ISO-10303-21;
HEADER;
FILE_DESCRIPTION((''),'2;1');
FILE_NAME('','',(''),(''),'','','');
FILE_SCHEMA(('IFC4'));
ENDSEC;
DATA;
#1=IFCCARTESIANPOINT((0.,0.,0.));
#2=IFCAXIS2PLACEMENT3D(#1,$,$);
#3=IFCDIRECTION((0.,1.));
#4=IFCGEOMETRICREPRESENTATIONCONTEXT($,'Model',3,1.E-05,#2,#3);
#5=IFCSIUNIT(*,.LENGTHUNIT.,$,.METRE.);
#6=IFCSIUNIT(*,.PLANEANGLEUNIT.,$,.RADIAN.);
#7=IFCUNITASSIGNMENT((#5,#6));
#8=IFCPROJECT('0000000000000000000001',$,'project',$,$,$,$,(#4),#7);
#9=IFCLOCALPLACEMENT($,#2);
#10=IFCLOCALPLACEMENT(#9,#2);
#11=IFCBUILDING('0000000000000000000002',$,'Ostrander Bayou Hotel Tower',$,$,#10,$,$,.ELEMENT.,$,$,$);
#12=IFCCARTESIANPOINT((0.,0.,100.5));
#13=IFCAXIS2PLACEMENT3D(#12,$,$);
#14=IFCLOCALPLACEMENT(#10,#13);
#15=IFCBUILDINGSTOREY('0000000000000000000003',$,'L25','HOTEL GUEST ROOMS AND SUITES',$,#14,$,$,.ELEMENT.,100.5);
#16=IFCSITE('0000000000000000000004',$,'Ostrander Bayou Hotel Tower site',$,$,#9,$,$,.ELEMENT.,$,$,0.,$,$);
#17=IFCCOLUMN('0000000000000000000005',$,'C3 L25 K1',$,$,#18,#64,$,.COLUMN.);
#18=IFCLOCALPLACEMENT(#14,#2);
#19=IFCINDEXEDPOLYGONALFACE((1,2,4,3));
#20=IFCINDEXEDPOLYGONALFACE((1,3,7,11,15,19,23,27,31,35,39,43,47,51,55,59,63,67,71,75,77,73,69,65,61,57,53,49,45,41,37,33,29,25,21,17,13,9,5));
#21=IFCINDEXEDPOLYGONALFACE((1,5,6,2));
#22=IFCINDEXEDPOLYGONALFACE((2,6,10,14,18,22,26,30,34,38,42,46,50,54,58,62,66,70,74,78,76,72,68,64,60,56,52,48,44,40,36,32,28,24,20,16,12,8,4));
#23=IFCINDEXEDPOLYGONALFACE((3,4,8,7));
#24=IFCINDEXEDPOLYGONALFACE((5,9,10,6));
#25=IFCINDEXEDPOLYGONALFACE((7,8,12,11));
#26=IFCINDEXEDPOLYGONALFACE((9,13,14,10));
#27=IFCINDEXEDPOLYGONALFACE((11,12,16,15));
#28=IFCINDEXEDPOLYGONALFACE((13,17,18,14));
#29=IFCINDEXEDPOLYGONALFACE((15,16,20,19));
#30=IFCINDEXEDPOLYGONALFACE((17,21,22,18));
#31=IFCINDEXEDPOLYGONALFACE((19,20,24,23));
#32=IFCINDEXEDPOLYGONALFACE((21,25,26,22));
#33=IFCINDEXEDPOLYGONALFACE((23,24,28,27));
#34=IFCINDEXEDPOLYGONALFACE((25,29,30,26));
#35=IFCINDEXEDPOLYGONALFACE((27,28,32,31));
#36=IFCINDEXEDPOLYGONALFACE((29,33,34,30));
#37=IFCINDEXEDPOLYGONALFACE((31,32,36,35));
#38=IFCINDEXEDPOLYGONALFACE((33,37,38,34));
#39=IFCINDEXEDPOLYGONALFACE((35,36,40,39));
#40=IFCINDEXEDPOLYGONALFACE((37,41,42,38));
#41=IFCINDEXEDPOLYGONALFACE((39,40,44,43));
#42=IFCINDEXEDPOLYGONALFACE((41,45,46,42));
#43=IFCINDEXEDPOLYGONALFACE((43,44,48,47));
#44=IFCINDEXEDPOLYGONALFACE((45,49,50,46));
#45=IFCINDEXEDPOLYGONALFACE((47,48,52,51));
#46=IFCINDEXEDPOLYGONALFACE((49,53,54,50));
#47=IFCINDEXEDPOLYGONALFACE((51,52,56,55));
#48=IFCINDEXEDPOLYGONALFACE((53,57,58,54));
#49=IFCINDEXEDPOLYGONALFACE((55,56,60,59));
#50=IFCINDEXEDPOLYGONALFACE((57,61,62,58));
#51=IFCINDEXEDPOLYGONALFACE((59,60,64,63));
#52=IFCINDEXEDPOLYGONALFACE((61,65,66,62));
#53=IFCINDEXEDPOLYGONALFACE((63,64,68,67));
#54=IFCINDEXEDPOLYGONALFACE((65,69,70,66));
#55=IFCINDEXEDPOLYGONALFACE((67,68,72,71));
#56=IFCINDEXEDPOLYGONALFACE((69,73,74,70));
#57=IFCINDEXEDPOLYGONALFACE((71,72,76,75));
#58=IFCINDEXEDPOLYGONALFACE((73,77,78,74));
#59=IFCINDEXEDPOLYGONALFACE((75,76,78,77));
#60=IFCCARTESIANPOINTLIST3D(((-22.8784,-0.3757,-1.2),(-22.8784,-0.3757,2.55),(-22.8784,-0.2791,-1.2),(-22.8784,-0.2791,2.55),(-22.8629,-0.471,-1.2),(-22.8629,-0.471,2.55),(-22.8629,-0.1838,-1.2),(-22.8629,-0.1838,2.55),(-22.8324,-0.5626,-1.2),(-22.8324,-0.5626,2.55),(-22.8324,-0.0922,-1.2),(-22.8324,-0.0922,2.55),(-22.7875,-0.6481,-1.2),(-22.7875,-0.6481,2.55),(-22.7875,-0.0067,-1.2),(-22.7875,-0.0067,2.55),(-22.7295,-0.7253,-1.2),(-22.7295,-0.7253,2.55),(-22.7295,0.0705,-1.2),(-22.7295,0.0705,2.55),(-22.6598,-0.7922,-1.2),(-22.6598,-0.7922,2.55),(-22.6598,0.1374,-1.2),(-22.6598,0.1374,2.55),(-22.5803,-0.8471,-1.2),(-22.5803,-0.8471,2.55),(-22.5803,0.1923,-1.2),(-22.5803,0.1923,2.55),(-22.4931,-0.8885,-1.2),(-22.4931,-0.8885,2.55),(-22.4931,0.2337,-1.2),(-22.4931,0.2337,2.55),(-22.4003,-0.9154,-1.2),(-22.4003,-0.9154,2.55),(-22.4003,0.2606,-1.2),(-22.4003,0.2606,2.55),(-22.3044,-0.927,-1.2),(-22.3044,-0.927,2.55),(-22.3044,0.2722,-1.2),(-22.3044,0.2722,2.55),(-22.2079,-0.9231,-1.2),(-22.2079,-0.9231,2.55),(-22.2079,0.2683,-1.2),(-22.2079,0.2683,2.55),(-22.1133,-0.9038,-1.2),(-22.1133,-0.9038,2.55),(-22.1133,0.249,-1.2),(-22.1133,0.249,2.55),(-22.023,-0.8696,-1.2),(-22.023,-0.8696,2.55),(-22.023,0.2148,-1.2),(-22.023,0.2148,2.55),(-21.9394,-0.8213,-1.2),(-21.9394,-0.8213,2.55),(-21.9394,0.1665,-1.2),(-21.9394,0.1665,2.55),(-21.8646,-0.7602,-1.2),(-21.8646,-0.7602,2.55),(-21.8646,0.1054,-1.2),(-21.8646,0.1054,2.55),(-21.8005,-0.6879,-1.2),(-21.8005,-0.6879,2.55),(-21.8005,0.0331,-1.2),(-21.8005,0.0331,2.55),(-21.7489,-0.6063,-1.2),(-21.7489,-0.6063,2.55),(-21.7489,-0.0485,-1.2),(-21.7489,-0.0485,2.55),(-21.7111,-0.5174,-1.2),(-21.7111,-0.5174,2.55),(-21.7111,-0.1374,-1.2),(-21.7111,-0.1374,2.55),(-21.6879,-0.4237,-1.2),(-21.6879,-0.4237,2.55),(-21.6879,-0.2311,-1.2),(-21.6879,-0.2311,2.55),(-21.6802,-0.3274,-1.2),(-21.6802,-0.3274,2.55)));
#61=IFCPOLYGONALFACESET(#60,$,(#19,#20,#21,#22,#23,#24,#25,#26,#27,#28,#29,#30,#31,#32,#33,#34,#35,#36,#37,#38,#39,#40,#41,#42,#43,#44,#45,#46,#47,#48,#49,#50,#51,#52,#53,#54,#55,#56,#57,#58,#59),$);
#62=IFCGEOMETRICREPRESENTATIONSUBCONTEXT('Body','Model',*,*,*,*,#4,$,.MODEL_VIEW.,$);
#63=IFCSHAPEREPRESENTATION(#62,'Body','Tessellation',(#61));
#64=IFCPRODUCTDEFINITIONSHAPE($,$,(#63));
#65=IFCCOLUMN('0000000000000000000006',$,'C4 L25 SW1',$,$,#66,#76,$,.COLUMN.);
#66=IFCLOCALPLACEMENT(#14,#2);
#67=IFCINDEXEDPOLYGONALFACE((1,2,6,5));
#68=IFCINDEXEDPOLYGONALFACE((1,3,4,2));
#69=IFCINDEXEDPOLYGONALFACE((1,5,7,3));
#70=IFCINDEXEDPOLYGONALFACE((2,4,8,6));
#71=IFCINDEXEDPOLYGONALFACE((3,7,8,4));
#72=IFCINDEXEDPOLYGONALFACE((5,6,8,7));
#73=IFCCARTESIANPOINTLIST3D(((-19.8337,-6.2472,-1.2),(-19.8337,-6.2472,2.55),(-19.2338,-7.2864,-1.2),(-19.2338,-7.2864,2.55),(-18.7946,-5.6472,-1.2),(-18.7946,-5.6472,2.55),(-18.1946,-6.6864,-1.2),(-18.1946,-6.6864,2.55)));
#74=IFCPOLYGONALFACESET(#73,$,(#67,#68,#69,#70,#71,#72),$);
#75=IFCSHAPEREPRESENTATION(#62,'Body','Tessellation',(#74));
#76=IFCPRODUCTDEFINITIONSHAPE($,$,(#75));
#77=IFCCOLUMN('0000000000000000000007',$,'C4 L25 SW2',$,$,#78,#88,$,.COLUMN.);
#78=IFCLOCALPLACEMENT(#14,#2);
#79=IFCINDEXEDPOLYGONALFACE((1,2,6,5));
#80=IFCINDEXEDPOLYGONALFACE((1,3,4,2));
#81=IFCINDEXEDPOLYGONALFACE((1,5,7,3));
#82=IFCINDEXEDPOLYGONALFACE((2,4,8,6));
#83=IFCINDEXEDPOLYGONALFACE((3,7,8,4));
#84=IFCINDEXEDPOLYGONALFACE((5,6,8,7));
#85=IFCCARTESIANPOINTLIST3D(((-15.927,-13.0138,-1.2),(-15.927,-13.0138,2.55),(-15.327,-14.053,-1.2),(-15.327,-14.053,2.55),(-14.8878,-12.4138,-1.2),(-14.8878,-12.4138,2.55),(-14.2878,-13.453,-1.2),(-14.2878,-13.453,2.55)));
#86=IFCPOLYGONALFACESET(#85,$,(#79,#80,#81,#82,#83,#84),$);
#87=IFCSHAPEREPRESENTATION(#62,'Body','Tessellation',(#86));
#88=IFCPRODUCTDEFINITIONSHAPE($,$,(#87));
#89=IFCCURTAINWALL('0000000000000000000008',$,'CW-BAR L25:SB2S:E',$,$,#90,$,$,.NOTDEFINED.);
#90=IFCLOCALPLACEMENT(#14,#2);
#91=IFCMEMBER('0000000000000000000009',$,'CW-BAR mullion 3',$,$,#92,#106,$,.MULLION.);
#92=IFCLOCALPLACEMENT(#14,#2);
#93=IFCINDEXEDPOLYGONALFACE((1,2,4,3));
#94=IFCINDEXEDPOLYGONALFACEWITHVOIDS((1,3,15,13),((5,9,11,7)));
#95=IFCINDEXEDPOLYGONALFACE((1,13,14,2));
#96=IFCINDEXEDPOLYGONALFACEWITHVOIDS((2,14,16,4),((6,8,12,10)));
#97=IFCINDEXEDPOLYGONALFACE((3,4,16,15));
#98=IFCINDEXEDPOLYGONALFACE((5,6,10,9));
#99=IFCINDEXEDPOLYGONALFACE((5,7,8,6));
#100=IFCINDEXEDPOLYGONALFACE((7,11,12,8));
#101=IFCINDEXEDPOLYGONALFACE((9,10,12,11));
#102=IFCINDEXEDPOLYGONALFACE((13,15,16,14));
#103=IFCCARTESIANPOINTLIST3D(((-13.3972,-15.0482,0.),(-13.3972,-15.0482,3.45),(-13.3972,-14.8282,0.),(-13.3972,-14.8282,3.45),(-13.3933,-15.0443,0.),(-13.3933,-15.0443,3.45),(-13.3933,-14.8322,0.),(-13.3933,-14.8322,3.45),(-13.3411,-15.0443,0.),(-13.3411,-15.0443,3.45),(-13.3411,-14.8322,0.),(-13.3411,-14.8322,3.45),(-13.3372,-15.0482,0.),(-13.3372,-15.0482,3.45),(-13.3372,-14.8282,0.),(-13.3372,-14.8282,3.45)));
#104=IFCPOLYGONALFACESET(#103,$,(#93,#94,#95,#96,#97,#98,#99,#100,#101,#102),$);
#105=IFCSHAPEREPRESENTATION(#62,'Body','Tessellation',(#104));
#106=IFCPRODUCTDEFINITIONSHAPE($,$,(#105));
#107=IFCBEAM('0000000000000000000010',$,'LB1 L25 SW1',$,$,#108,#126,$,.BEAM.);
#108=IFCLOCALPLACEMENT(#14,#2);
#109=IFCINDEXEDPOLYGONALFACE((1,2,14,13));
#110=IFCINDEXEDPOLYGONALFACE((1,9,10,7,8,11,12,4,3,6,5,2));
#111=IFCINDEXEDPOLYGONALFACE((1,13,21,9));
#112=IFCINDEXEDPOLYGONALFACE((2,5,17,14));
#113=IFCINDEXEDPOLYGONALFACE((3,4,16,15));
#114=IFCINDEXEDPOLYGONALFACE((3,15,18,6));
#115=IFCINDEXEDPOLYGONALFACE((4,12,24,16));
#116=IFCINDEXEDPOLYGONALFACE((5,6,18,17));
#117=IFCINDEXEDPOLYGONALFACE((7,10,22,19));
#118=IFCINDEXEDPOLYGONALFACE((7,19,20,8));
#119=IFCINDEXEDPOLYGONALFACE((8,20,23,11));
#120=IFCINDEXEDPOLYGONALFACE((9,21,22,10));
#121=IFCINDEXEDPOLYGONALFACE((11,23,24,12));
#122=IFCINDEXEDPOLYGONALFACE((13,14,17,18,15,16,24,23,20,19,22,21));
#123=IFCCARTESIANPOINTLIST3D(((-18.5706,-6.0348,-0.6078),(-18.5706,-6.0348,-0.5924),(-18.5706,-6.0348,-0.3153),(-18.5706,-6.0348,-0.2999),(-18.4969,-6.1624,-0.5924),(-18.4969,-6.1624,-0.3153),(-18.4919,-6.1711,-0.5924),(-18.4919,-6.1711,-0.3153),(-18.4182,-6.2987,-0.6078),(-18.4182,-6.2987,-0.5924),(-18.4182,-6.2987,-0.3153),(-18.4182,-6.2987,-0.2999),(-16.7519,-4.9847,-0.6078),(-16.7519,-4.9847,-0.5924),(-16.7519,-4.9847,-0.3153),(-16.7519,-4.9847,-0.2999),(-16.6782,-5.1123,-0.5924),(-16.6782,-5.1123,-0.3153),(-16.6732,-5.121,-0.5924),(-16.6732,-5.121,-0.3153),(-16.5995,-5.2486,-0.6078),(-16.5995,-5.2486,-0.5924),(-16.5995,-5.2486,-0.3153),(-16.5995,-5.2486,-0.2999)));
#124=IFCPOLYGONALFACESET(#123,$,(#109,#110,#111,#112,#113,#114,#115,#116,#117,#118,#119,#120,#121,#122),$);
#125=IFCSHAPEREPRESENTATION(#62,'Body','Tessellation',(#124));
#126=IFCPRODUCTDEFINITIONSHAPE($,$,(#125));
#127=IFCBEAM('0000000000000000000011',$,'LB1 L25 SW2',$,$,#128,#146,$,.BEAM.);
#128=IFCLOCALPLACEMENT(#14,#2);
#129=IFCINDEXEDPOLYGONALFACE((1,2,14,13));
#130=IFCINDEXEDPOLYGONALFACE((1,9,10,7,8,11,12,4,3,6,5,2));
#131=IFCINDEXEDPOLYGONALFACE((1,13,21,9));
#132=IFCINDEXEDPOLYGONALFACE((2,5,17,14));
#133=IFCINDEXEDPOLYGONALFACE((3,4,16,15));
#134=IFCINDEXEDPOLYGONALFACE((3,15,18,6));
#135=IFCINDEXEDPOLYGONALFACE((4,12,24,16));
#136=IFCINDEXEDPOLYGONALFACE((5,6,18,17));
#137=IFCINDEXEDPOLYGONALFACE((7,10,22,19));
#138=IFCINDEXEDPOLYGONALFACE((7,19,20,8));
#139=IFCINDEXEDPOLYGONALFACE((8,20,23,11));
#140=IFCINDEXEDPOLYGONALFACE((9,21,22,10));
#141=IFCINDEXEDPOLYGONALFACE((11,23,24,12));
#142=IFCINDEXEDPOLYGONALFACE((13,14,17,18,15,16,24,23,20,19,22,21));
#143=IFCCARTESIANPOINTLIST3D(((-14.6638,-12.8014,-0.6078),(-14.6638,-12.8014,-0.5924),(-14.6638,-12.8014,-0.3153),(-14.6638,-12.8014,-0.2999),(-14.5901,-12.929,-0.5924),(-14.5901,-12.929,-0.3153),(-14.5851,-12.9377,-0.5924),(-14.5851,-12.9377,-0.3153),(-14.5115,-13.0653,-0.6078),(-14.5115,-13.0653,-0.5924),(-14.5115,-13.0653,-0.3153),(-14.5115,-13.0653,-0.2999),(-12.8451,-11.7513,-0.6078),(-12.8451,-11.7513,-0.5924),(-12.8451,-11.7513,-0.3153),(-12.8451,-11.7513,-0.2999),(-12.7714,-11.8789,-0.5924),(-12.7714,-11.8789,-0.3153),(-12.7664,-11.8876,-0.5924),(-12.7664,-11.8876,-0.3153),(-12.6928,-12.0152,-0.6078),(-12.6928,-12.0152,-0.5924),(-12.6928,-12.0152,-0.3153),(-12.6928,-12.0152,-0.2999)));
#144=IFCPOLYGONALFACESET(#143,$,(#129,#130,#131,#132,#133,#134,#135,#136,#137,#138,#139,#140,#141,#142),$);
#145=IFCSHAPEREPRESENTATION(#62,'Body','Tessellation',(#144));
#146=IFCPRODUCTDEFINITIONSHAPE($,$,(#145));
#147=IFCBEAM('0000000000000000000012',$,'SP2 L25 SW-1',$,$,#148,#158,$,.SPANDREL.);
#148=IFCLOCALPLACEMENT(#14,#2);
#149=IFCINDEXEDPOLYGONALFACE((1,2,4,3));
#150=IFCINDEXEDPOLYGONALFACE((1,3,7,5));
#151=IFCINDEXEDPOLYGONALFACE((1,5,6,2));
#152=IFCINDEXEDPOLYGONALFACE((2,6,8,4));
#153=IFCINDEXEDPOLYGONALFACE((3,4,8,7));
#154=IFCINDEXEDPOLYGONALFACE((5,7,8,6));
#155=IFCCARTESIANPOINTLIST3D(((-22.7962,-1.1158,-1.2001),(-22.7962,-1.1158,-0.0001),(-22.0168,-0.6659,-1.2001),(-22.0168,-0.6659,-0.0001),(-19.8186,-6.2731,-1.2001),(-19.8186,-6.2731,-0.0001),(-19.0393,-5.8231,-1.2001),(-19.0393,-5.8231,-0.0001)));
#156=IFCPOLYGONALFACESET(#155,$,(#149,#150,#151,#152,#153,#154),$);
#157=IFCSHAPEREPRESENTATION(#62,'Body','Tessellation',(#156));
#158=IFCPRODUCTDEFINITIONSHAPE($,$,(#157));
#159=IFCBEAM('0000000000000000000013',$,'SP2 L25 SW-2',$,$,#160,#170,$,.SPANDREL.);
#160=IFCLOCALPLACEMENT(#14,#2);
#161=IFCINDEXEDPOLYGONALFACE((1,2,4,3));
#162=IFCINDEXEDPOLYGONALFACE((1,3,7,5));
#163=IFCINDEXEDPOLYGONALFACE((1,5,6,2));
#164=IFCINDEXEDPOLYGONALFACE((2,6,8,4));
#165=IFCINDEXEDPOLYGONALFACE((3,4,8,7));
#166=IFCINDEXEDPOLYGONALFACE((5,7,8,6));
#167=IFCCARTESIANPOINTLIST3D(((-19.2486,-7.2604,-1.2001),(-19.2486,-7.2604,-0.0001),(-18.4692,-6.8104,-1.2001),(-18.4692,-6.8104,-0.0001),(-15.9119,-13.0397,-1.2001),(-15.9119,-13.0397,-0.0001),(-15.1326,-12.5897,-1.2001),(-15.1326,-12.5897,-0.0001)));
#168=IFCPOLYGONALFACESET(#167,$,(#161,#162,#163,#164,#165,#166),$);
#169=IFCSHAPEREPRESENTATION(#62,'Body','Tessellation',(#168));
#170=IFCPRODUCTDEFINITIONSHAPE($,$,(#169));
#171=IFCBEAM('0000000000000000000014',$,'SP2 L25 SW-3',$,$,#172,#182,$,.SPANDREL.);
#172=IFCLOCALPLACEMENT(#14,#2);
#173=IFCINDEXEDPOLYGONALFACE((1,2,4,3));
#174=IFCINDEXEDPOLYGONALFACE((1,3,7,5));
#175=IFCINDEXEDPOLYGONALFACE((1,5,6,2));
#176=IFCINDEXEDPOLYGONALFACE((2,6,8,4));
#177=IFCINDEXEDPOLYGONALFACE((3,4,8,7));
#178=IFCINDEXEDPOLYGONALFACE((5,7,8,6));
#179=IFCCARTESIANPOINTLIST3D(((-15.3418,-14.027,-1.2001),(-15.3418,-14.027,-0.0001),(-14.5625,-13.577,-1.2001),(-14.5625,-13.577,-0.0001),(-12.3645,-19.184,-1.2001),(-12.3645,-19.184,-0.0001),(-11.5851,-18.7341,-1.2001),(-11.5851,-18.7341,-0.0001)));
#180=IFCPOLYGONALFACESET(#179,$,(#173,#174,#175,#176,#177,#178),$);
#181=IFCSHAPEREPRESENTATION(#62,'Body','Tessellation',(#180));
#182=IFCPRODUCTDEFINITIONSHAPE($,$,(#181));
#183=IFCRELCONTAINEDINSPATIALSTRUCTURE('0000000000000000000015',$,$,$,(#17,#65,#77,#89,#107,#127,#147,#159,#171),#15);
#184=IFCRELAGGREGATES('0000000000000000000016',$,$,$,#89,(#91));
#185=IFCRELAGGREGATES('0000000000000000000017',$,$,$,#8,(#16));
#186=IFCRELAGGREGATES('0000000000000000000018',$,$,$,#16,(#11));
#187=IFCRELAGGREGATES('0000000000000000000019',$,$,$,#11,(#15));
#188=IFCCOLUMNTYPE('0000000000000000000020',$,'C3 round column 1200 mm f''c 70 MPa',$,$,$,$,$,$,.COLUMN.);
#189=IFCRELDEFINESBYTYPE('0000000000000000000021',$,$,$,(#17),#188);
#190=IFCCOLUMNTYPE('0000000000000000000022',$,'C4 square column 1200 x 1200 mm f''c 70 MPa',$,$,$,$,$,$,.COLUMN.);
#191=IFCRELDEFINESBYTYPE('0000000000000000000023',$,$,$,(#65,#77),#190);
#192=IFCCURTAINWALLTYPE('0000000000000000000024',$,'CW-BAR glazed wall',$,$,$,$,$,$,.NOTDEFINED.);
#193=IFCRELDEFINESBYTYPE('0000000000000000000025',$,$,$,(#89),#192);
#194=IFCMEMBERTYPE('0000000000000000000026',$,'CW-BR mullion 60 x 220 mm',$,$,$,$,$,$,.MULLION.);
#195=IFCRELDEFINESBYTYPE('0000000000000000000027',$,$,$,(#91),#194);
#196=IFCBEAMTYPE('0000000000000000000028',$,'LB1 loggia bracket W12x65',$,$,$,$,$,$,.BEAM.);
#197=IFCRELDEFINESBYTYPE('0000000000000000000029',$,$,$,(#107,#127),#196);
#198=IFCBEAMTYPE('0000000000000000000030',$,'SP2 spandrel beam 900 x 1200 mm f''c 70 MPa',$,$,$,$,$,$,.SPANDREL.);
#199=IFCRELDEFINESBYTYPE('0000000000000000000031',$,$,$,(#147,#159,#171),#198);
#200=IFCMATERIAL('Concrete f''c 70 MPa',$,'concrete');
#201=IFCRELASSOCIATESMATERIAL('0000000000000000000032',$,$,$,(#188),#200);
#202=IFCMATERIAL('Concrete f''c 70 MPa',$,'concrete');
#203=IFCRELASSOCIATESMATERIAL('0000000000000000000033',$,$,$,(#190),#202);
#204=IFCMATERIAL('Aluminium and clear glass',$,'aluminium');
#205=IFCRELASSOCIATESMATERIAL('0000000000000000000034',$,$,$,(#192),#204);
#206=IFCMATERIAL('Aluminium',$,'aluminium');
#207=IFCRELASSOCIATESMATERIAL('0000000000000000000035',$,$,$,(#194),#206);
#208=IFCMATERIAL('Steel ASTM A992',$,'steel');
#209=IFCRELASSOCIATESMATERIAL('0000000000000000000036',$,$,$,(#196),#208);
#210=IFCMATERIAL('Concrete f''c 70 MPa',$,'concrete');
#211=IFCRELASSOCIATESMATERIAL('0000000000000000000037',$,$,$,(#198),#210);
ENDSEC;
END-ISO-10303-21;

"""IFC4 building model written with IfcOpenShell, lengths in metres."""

from ifc_helpers import new_model, si_unit, direction, frame, origin, origin_2d, place, context, subcontext, project, spatial, rectangle, hollow_rectangle, circle, i_section, extrude, material, material_profile, profile_set, type_object, element, aggregate, save


model = new_model("IFC4")

# Units and contexts
model_context = context("Model", 3, precision=1e-05, world=origin(), true_north=direction((0.0, 1.0)))
body_context = subcontext(model_context, "Body", "Model", "MODEL_VIEW")
ifc_project = project(units=[si_unit("LENGTHUNIT", "METRE"), si_unit("PLANEANGLEUNIT", "RADIAN")], contexts=[model_context])

# Site, building, storey
site_placement = place(None, origin())
site = spatial("IfcSite", under=ifc_project, at=site_placement, Name="Ostrander Bayou Hotel Tower site", CompositionType="ELEMENT", RefElevation=0.0)
building_placement = place(site_placement, origin())
building = spatial("IfcBuilding", under=site, at=building_placement, Name="Ostrander Bayou Hotel Tower", CompositionType="ELEMENT")
storey_placement = place(building_placement, frame((0.0, 0.0, 100.5)))
storey = spatial("IfcBuildingStorey", under=building, at=storey_placement, Name="L25", Description="HOTEL GUEST ROOMS AND SUITES", CompositionType="ELEMENT", Elevation=100.5)

# Columns
ifc_material_1 = material(Name="Concrete f'c 70 MPa", Category="concrete")
ifc_material_profile_1 = material_profile(ifc_material_1, circle(Radius=0.6001, at=origin_2d()))
ifc_profile_set_1 = profile_set([ifc_material_profile_1], Name="Concrete f'c 70 MPa")
column_type_1 = type_object("IfcColumnType", Name="C3 round column 1200 mm f'c 70 MPa", PredefinedType="COLUMN", material=ifc_profile_set_1)
column_placement = place(storey_placement, frame((-22.2803, -0.3274, -1.2), z_axis=(0.0, 0.0, 1.0), x_axis=(1.0, 0.0, 0.0)))
element("IfcColumn", 1, at=column_placement, inside=storey, type_object=column_type_1, Name="C3 L25 K1", PredefinedType="COLUMN", context=body_context, shape_type="SweptSolid", body=[
    extrude(circle(Radius=0.6001, at=origin_2d()), origin(), (0.0, 0.0, 1.0), 3.75),
])
ifc_material_2 = material(Name="Concrete f'c 70 MPa", Category="concrete")
ifc_material_profile_2 = material_profile(ifc_material_2, rectangle(XDim=1.2, YDim=1.2, at=origin_2d()))
ifc_profile_set_2 = profile_set([ifc_material_profile_2], Name="Concrete f'c 70 MPa")
column_type_2 = type_object("IfcColumnType", Name="C4 square column 1200 x 1200 mm f'c 70 MPa", PredefinedType="COLUMN", material=ifc_profile_set_2)
for number, where, z_axis, x_axis, name in (
    (2, (-19.0142, -6.4668, -1.2), (0.0, 0.0, 1.0), (-0.5, 0.866025, 0.0), "C4 L25 SW1"),
    (3, (-15.1074, -13.2334, -1.2), (0.0, 0.0, 1.0), (-0.5, 0.866025, 0.0), "C4 L25 SW2"),
):
    element("IfcColumn", number, at=place(storey_placement, frame(where, z_axis=z_axis, x_axis=x_axis)), inside=storey, type_object=column_type_2, Name=name, PredefinedType="COLUMN", context=body_context, shape_type="SweptSolid", body=[
        extrude(rectangle(XDim=1.2, YDim=1.2, at=origin_2d()), origin(), (0.0, 0.0, 1.0), 3.75),
    ])

# Curtain wall, member
ifc_material_3 = material(Name="Aluminium and clear glass", Category="aluminium")
curtain_wall_type = type_object("IfcCurtainWallType", Name="CW-BAR glazed wall", PredefinedType="NOTDEFINED", material=ifc_material_3)
curtain_wall_placement = place(storey_placement, origin())
curtain_wall = element("IfcCurtainWall", 4, at=curtain_wall_placement, inside=storey, type_object=curtain_wall_type, Name="CW-BAR L25:SB2S:E", PredefinedType="NOTDEFINED")
ifc_material_4 = material(Name="Aluminium", Category="aluminium")
ifc_material_profile_3 = material_profile(ifc_material_4, hollow_rectangle(XDim=0.0601, YDim=0.22, WallThickness=0.0039, at=origin_2d()))
ifc_profile_set_3 = profile_set([ifc_material_profile_3], Name="Aluminium")
member_type = type_object("IfcMemberType", Name="CW-BR mullion 60 x 220 mm", PredefinedType="MULLION", material=ifc_profile_set_3)
member_placement = place(storey_placement, frame((-13.3672, -14.9382, 0.0), z_axis=(0.0, 0.0, 1.0), x_axis=(1.0, 0.0, 0.0)))
member = element("IfcMember", 5, at=member_placement, type_object=member_type, Name="CW-BAR mullion 3", PredefinedType="MULLION", context=body_context, shape_type="SweptSolid", body=[
    extrude(hollow_rectangle(XDim=0.0601, YDim=0.22, WallThickness=0.0039, at=origin_2d()), origin(), (0.0, 0.0, 1.0), 3.45),
])

# Beams
ifc_material_5 = material(Name="Steel ASTM A992", Category="steel")
ifc_material_profile_4 = material_profile(ifc_material_5, i_section(OverallWidth=0.3047, OverallDepth=0.3079, WebThickness=0.01, FlangeThickness=0.0154, at=origin_2d()))
ifc_profile_set_4 = profile_set([ifc_material_profile_4], Name="Steel ASTM A992")
beam_type_1 = type_object("IfcBeamType", Name="LB1 loggia bracket W12x65", PredefinedType="BEAM", material=ifc_profile_set_4)
for number, where, z_axis, x_axis, name in (
    (6, (-18.4944, -6.1667, -0.4539), (0.866009, 0.500028, 0.0), (-0.500028, 0.866009, 0.0), "LB1 L25 SW1"),
    (7, (-14.5876, -12.9333, -0.4539), (0.866009, 0.500028, 0.0), (-0.500028, 0.866009, 0.0), "LB1 L25 SW2"),
):
    element("IfcBeam", number, at=place(storey_placement, frame(where, z_axis=z_axis, x_axis=x_axis)), inside=storey, type_object=beam_type_1, Name=name, PredefinedType="BEAM", context=body_context, shape_type="SweptSolid", body=[
        extrude(i_section(OverallWidth=0.3047, OverallDepth=0.3079, WebThickness=0.01, FlangeThickness=0.0154, at=origin_2d()), origin(), (0.0, 0.0, 1.0), 2.1001),
    ])
ifc_material_6 = material(Name="Concrete f'c 70 MPa", Category="concrete")
ifc_material_profile_5 = material_profile(ifc_material_6, rectangle(XDim=0.8999, YDim=1.2, at=origin_2d()))
ifc_profile_set_5 = profile_set([ifc_material_profile_5], Name="Concrete f'c 70 MPa")
beam_type_2 = type_object("IfcBeamType", Name="SP2 spandrel beam 900 x 1200 mm f'c 70 MPa", PredefinedType="SPANDREL", material=ifc_profile_set_5)
beam_1_placement = place(storey_placement, frame((-22.4065, -0.8909, -0.6001), z_axis=(0.500002, -0.866024, 0.0), x_axis=(0.866024, 0.500002, 0.0)))
element("IfcBeam", 8, at=beam_1_placement, inside=storey, type_object=beam_type_2, Name="SP2 L25 SW-1", PredefinedType="SPANDREL", context=body_context, shape_type="SweptSolid", body=[
    extrude(rectangle(XDim=0.8999, YDim=1.2, at=origin_2d()), origin(), (0.0, 0.0, 1.0), 5.9551),
])
beam_2_placement = place(storey_placement, frame((-18.8589, -7.0354, -0.6001), z_axis=(0.499999, -0.866026, 0.0), x_axis=(0.866026, 0.499999, 0.0)))
element("IfcBeam", 9, at=beam_2_placement, inside=storey, type_object=beam_type_2, Name="SP2 L25 SW-2", PredefinedType="SPANDREL", context=body_context, shape_type="SweptSolid", body=[
    extrude(rectangle(XDim=0.8999, YDim=1.2, at=origin_2d()), origin(), (0.0, 0.0, 1.0), 6.6733),
])
beam_3_placement = place(storey_placement, frame((-14.9521, -13.802, -0.6001), z_axis=(0.499989, -0.866032, 0.0), x_axis=(0.866032, 0.499989, 0.0)))
element("IfcBeam", 10, at=beam_3_placement, inside=storey, type_object=beam_type_2, Name="SP2 L25 SW-3", PredefinedType="SPANDREL", context=body_context, shape_type="SweptSolid", body=[
    extrude(rectangle(XDim=0.8999, YDim=1.2, at=origin_2d()), origin(), (0.0, 0.0, 1.0), 5.9548),
])

aggregate(curtain_wall, [member])

save(model, "model.ifc")
